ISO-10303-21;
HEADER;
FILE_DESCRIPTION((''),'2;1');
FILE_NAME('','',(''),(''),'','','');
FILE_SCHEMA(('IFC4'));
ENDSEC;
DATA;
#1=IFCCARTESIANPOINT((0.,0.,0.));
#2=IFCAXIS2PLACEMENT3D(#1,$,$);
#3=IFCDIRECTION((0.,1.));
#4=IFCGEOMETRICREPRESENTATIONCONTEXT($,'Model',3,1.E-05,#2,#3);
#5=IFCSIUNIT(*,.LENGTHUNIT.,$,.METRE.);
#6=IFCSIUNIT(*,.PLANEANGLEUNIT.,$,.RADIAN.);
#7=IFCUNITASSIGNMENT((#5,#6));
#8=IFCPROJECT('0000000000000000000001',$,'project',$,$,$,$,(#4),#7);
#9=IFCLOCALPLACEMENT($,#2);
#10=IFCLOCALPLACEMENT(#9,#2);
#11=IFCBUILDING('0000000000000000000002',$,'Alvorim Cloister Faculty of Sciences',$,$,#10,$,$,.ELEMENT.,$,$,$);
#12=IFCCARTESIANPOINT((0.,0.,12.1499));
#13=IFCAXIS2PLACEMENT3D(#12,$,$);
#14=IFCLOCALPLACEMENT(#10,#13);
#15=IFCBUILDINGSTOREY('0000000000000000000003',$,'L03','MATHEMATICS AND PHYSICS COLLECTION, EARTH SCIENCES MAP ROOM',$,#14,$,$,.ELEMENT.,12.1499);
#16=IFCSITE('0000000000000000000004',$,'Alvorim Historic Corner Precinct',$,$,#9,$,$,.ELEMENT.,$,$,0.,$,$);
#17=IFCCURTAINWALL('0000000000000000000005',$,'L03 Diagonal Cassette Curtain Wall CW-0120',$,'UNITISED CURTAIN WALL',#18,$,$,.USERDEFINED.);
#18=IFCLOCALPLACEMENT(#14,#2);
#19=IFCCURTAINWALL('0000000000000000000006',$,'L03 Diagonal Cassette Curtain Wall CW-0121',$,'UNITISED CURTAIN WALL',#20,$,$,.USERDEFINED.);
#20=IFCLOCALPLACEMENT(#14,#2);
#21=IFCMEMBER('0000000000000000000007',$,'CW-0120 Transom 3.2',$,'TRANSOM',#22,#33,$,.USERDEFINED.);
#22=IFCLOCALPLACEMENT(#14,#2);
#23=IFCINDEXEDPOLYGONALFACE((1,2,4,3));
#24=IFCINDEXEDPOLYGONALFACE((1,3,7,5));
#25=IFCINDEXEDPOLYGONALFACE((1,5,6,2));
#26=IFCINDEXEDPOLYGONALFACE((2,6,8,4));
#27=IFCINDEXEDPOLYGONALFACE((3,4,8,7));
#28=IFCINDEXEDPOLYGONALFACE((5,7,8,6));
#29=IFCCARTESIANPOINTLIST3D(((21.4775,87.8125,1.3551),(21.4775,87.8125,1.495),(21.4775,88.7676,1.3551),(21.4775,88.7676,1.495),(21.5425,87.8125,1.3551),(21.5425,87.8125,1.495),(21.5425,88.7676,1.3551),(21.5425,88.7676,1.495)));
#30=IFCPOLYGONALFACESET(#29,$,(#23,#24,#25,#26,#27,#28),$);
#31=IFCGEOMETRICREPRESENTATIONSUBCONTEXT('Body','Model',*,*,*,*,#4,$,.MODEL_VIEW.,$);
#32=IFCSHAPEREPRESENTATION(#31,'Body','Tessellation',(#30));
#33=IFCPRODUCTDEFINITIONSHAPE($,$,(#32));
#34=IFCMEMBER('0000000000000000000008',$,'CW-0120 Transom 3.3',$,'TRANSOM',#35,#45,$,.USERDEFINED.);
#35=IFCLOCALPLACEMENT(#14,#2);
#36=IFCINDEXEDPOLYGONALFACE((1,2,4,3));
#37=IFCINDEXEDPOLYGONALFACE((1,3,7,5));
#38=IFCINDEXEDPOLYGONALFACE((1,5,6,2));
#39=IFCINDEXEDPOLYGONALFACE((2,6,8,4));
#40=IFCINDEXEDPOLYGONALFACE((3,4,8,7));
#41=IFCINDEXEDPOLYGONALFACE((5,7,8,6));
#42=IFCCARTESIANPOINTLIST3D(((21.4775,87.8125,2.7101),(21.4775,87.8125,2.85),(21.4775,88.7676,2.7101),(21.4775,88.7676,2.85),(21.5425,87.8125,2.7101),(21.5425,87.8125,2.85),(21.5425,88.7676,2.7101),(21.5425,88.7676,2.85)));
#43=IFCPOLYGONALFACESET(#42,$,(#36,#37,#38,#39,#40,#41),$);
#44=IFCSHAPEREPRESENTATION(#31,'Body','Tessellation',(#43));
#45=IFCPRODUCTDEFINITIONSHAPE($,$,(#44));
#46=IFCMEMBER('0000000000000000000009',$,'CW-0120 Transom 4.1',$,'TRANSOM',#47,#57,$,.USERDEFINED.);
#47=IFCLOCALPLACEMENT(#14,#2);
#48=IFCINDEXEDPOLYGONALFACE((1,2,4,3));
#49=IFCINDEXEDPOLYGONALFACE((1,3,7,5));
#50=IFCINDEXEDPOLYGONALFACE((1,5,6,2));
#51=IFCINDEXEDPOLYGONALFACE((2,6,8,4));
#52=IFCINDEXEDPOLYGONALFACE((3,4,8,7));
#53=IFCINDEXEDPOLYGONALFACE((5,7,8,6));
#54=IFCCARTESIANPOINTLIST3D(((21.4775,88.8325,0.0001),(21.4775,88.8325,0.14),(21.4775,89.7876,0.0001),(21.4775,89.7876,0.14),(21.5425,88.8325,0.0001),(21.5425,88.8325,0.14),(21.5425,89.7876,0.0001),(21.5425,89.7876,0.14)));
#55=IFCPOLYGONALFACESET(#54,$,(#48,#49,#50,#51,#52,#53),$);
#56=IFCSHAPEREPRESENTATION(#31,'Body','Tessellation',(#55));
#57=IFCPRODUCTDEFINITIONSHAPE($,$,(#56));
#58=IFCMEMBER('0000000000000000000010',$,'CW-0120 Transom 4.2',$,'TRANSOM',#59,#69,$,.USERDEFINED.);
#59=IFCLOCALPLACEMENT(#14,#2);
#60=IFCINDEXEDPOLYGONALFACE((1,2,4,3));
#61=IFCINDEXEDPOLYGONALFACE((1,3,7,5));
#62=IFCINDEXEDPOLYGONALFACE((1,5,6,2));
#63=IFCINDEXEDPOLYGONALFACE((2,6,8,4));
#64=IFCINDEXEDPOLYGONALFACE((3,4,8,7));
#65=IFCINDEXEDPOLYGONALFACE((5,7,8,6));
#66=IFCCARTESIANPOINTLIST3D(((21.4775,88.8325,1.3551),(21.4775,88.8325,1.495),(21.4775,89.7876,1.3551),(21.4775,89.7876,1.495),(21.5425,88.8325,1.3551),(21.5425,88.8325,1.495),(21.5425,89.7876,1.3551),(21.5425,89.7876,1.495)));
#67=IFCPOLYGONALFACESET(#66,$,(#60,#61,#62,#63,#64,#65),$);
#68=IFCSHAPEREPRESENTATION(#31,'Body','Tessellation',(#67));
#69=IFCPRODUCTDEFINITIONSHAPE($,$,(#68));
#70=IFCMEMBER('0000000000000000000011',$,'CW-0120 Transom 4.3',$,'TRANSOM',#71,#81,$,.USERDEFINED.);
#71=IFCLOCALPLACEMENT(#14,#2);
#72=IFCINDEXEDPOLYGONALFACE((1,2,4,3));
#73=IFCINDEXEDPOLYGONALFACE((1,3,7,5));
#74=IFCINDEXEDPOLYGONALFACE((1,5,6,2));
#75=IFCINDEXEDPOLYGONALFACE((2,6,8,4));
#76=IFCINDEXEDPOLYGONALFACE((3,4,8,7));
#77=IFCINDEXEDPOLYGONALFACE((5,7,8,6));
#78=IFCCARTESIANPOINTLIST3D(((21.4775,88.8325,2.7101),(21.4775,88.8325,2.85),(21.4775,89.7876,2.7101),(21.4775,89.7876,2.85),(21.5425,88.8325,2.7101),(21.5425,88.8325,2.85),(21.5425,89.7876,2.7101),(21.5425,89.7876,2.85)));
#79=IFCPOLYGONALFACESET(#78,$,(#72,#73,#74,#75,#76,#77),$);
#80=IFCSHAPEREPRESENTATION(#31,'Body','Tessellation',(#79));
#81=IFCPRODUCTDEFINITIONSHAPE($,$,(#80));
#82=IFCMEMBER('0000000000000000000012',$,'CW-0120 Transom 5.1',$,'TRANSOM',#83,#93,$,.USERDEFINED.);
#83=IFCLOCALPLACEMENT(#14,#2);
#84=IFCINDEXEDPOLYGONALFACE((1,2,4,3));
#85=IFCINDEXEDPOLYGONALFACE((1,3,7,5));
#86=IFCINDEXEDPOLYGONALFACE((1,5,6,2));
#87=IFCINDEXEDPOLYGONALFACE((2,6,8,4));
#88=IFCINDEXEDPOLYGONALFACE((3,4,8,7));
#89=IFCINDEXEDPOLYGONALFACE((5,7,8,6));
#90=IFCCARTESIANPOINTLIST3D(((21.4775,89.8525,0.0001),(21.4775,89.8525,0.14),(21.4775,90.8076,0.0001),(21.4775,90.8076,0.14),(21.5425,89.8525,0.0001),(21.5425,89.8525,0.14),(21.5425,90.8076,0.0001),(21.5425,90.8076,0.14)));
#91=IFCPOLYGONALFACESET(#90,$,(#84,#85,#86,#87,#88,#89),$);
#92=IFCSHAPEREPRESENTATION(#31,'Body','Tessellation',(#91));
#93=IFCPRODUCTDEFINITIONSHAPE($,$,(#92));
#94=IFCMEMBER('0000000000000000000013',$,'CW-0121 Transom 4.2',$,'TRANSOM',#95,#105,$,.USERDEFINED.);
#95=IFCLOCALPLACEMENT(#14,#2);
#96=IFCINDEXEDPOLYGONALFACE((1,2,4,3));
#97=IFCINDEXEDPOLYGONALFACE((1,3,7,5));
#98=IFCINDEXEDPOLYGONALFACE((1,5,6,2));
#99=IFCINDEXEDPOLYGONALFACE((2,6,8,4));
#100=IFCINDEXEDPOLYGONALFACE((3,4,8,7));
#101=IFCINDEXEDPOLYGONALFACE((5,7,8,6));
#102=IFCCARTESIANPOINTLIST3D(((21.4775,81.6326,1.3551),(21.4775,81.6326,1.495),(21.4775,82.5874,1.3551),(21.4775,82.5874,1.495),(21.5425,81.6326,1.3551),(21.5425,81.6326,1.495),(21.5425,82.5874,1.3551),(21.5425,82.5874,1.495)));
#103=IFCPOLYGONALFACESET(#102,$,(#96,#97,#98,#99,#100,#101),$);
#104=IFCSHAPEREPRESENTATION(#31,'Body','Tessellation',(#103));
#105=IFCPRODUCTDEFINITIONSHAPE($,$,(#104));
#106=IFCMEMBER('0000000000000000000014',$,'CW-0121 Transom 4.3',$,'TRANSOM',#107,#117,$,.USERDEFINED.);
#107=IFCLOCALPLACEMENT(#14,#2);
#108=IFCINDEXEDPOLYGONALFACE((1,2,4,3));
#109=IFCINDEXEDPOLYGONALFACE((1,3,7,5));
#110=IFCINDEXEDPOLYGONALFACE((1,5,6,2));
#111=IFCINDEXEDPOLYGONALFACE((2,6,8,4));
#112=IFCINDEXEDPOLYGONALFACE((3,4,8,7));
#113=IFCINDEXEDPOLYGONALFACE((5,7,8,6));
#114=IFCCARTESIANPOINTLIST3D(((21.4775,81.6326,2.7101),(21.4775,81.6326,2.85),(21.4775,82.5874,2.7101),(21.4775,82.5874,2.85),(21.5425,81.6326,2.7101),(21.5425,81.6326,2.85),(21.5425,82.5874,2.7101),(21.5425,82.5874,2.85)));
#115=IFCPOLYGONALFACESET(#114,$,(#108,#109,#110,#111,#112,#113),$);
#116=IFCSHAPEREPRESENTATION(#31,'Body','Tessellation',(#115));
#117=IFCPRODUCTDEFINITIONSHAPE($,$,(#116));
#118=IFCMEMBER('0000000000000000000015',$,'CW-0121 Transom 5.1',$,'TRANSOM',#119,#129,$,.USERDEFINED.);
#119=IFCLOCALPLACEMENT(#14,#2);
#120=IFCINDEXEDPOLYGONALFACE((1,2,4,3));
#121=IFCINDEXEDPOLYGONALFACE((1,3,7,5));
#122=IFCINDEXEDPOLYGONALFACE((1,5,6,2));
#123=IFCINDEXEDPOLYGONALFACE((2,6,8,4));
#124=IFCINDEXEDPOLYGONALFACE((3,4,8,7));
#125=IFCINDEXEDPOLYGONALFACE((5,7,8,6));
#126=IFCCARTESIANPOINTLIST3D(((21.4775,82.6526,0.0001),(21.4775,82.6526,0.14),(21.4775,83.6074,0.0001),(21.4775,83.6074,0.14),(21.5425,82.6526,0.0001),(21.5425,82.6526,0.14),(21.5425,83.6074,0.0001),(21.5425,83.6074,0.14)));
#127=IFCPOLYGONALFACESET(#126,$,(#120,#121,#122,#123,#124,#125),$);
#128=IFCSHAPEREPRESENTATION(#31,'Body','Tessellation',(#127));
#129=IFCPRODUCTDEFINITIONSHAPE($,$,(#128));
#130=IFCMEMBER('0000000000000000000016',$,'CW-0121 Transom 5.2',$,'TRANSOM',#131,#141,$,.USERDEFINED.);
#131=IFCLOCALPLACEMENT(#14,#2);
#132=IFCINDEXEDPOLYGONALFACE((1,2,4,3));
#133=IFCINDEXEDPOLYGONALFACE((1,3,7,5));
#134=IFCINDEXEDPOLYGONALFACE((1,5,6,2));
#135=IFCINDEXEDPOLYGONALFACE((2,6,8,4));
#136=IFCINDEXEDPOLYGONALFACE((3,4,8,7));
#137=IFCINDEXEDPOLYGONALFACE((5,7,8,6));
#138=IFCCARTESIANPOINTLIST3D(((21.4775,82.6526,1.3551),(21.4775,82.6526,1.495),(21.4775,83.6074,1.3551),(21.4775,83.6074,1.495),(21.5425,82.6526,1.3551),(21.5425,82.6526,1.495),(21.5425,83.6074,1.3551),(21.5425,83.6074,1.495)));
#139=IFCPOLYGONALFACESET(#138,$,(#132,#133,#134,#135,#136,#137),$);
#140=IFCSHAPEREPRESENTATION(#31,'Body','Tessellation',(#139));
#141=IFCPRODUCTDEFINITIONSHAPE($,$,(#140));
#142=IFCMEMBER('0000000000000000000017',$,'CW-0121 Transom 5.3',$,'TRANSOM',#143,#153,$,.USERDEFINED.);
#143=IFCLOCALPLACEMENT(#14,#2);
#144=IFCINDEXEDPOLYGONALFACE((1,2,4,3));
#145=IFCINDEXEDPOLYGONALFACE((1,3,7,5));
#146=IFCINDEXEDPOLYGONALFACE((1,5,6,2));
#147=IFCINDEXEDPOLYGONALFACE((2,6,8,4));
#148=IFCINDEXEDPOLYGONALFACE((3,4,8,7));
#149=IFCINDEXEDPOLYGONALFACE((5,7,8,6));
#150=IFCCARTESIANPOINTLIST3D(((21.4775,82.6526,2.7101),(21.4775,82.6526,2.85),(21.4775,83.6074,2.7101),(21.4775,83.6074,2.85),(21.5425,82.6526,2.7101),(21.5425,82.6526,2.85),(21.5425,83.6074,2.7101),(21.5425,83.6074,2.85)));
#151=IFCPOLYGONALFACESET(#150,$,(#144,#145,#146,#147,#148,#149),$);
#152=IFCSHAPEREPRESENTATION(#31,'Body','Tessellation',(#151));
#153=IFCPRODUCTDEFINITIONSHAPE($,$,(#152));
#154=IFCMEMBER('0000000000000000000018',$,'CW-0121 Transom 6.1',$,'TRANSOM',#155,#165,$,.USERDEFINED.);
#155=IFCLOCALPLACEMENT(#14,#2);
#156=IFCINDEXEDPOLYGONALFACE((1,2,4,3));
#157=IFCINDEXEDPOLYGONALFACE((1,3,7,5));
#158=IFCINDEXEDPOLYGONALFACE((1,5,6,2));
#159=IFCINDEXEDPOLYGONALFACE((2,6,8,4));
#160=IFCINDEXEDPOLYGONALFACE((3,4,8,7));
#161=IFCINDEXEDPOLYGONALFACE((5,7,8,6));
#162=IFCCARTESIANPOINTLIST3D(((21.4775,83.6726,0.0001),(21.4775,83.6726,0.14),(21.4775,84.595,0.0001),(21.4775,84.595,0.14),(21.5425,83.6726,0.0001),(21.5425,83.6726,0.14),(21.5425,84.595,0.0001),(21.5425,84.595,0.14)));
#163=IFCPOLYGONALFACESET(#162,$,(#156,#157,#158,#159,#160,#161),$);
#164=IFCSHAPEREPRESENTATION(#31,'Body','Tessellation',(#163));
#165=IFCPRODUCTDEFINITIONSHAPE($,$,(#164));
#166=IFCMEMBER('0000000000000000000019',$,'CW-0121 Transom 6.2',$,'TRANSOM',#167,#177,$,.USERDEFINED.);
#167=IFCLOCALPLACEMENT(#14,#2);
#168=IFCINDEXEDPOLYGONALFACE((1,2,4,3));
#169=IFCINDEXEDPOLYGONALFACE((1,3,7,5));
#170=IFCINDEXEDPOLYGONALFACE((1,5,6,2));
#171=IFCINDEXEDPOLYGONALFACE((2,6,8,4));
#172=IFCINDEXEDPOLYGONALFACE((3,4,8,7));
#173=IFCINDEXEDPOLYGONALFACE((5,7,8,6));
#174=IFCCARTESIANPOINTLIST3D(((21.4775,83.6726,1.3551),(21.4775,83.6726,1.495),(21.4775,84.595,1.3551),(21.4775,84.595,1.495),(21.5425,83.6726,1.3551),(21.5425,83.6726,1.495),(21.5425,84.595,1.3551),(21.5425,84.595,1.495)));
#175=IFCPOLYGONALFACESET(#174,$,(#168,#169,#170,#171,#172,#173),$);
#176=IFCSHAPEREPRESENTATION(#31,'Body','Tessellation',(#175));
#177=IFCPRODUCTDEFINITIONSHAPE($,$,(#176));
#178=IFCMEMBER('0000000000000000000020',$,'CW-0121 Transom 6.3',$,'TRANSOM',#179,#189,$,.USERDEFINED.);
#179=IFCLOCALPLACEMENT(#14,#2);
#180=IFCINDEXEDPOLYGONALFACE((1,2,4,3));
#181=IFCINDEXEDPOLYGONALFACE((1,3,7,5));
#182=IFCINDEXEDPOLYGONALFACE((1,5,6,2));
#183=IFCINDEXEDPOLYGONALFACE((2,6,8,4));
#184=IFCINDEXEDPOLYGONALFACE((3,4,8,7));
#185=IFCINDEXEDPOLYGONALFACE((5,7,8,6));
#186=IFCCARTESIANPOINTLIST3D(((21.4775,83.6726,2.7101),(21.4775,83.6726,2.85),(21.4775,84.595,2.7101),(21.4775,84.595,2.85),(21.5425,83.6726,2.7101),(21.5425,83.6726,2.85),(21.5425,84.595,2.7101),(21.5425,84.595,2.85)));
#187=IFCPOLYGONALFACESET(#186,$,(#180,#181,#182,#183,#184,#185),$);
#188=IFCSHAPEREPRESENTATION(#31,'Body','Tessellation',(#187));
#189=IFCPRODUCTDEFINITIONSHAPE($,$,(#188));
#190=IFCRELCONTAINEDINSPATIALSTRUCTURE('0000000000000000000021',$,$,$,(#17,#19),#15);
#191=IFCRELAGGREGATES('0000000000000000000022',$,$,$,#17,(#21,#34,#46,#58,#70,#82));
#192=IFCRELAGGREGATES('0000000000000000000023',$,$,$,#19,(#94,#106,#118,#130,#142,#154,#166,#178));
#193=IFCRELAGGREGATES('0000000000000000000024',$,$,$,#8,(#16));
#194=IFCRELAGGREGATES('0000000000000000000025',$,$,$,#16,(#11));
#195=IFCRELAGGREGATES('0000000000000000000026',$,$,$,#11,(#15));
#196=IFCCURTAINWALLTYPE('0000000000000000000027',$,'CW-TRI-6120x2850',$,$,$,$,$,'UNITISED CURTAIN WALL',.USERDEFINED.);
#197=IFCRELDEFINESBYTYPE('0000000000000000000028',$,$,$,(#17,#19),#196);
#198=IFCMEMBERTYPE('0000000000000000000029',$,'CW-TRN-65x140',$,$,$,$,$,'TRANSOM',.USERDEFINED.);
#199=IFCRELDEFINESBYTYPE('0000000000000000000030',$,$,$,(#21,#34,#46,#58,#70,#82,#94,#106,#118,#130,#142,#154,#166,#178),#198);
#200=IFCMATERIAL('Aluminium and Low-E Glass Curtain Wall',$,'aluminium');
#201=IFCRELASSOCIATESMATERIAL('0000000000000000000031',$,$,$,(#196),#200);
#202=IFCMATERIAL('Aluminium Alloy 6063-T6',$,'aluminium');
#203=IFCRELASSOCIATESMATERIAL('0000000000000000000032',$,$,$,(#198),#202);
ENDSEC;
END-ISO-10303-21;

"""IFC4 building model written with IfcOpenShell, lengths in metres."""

from ifc_helpers import new_model, si_unit, direction, frame, origin, origin_2d, place, context, subcontext, project, spatial, rectangle, extrude, material, material_profile, profile_set, type_object, element, aggregate, save


model = new_model("IFC4")

# Units and contexts
model_context = context("Model", 3, precision=1e-05, world=origin(), true_north=direction((0.0, 1.0)))
body_context = subcontext(model_context, "Body", "Model", "MODEL_VIEW")
ifc_project = project(units=[si_unit("LENGTHUNIT", "METRE"), si_unit("PLANEANGLEUNIT", "RADIAN")], contexts=[model_context])

# Site, building, storey
site_placement = place(None, origin())
site = spatial("IfcSite", under=ifc_project, at=site_placement, Name="Alvorim Historic Corner Precinct", CompositionType="ELEMENT", RefElevation=0.0)
building_placement = place(site_placement, origin())
building = spatial("IfcBuilding", under=site, at=building_placement, Name="Alvorim Cloister Faculty of Sciences", CompositionType="ELEMENT")
storey_placement = place(building_placement, frame((0.0, 0.0, 12.1499)))
storey = spatial("IfcBuildingStorey", under=building, at=storey_placement, Name="L03", Description="MATHEMATICS AND PHYSICS COLLECTION, EARTH SCIENCES MAP ROOM", CompositionType="ELEMENT", Elevation=12.1499)

# Curtain walls
ifc_material_1 = material(Name="Aluminium and Low-E Glass Curtain Wall", Category="aluminium")
curtain_wall_type = type_object("IfcCurtainWallType", Name="CW-TRI-6120x2850", ElementType="UNITISED CURTAIN WALL", PredefinedType="USERDEFINED", material=ifc_material_1)
curtain_wall_1_placement = place(storey_placement, origin())
curtain_wall_1 = element("IfcCurtainWall", 1, at=curtain_wall_1_placement, inside=storey, type_object=curtain_wall_type, Name="L03 Diagonal Cassette Curtain Wall CW-0120", ObjectType="UNITISED CURTAIN WALL", PredefinedType="USERDEFINED")
ifc_material_2 = material(Name="Aluminium Alloy 6063-T6", Category="aluminium")
curtain_wall_2_placement = place(storey_placement, origin())
curtain_wall_2 = element("IfcCurtainWall", 2, at=curtain_wall_2_placement, inside=storey, type_object=curtain_wall_type, Name="L03 Diagonal Cassette Curtain Wall CW-0121", ObjectType="UNITISED CURTAIN WALL", PredefinedType="USERDEFINED")

# Members
ifc_material_profile_1 = material_profile(ifc_material_2, rectangle(XDim=0.0649, YDim=0.1399, at=origin_2d()), Name="ALU-TRN-65x140")
ifc_profile_set_1 = profile_set([ifc_material_profile_1], Name="Aluminium Alloy 6063-T6")
member_type_1 = type_object("IfcMemberType", Name="CW-TRN-65x140", ElementType="TRANSOM", PredefinedType="USERDEFINED", material=ifc_profile_set_1)
member_1_placement = place(storey_placement, frame((21.51, 87.8125, 1.425), z_axis=(0.0, 1.0, 0.0), x_axis=(-1.0, 0.0, 0.0)))
member_1 = element("IfcMember", 3, at=member_1_placement, type_object=member_type_1, Name="CW-0120 Transom 3.2", ObjectType="TRANSOM", PredefinedType="USERDEFINED", context=body_context, shape_type="SweptSolid", body=[
    extrude(rectangle(XDim=0.0649, YDim=0.1399, at=origin_2d()), origin(), (0.0, 0.0, 1.0), 0.9551),
])
member_2_placement = place(storey_placement, frame((21.51, 87.8125, 2.78), z_axis=(0.0, 1.0, 0.0), x_axis=(-1.0, 0.0, 0.0)))
member_2 = element("IfcMember", 4, at=member_2_placement, type_object=member_type_1, Name="CW-0120 Transom 3.3", ObjectType="TRANSOM", PredefinedType="USERDEFINED", context=body_context, shape_type="SweptSolid", body=[
    extrude(rectangle(XDim=0.0649, YDim=0.1399, at=origin_2d()), origin(), (0.0, 0.0, 1.0), 0.9551),
])
member_3_placement = place(storey_placement, frame((21.51, 88.8325, 0.0701), z_axis=(0.0, 1.0, 0.0), x_axis=(-1.0, 0.0, 0.0)))
member_3 = element("IfcMember", 5, at=member_3_placement, type_object=member_type_1, Name="CW-0120 Transom 4.1", ObjectType="TRANSOM", PredefinedType="USERDEFINED", context=body_context, shape_type="SweptSolid", body=[
    extrude(rectangle(XDim=0.0649, YDim=0.1399, at=origin_2d()), origin(), (0.0, 0.0, 1.0), 0.9551),
])
member_4_placement = place(storey_placement, frame((21.51, 88.8325, 1.425), z_axis=(0.0, 1.0, 0.0), x_axis=(-1.0, 0.0, 0.0)))
member_4 = element("IfcMember", 6, at=member_4_placement, type_object=member_type_1, Name="CW-0120 Transom 4.2", ObjectType="TRANSOM", PredefinedType="USERDEFINED", context=body_context, shape_type="SweptSolid", body=[
    extrude(rectangle(XDim=0.0649, YDim=0.1399, at=origin_2d()), origin(), (0.0, 0.0, 1.0), 0.9551),
])
member_5_placement = place(storey_placement, frame((21.51, 88.8325, 2.78), z_axis=(0.0, 1.0, 0.0), x_axis=(-1.0, 0.0, 0.0)))
member_5 = element("IfcMember", 7, at=member_5_placement, type_object=member_type_1, Name="CW-0120 Transom 4.3", ObjectType="TRANSOM", PredefinedType="USERDEFINED", context=body_context, shape_type="SweptSolid", body=[
    extrude(rectangle(XDim=0.0649, YDim=0.1399, at=origin_2d()), origin(), (0.0, 0.0, 1.0), 0.9551),
])
member_6_placement = place(storey_placement, frame((21.51, 89.8525, 0.0701), z_axis=(0.0, 1.0, 0.0), x_axis=(-1.0, 0.0, 0.0)))
member_6 = element("IfcMember", 8, at=member_6_placement, type_object=member_type_1, Name="CW-0120 Transom 5.1", ObjectType="TRANSOM", PredefinedType="USERDEFINED", context=body_context, shape_type="SweptSolid", body=[
    extrude(rectangle(XDim=0.0649, YDim=0.1399, at=origin_2d()), origin(), (0.0, 0.0, 1.0), 0.9551),
])
aggregate(curtain_wall_1, [member_1, member_2, member_3, member_4, member_5, member_6])
member_7_placement = place(storey_placement, frame((21.51, 81.6326, 1.425), z_axis=(0.0, 1.0, 0.0), x_axis=(-1.0, 0.0, 0.0)))
member_7 = element("IfcMember", 9, at=member_7_placement, type_object=member_type_1, Name="CW-0121 Transom 4.2", ObjectType="TRANSOM", PredefinedType="USERDEFINED", context=body_context, shape_type="SweptSolid", body=[
    extrude(rectangle(XDim=0.0649, YDim=0.1399, at=origin_2d()), origin(), (0.0, 0.0, 1.0), 0.9548),
])
member_8_placement = place(storey_placement, frame((21.51, 81.6326, 2.78), z_axis=(0.0, 1.0, 0.0), x_axis=(-1.0, 0.0, 0.0)))
member_8 = element("IfcMember", 10, at=member_8_placement, type_object=member_type_1, Name="CW-0121 Transom 4.3", ObjectType="TRANSOM", PredefinedType="USERDEFINED", context=body_context, shape_type="SweptSolid", body=[
    extrude(rectangle(XDim=0.0649, YDim=0.1399, at=origin_2d()), origin(), (0.0, 0.0, 1.0), 0.9548),
])
member_9_placement = place(storey_placement, frame((21.51, 82.6526, 0.0701), z_axis=(0.0, 1.0, 0.0), x_axis=(-1.0, 0.0, 0.0)))
member_9 = element("IfcMember", 11, at=member_9_placement, type_object=member_type_1, Name="CW-0121 Transom 5.1", ObjectType="TRANSOM", PredefinedType="USERDEFINED", context=body_context, shape_type="SweptSolid", body=[
    extrude(rectangle(XDim=0.0649, YDim=0.1399, at=origin_2d()), origin(), (0.0, 0.0, 1.0), 0.9548),
])
member_10_placement = place(storey_placement, frame((21.51, 82.6526, 1.425), z_axis=(0.0, 1.0, 0.0), x_axis=(-1.0, 0.0, 0.0)))
member_10 = element("IfcMember", 12, at=member_10_placement, type_object=member_type_1, Name="CW-0121 Transom 5.2", ObjectType="TRANSOM", PredefinedType="USERDEFINED", context=body_context, shape_type="SweptSolid", body=[
    extrude(rectangle(XDim=0.0649, YDim=0.1399, at=origin_2d()), origin(), (0.0, 0.0, 1.0), 0.9548),
])
member_11_placement = place(storey_placement, frame((21.51, 82.6526, 2.78), z_axis=(0.0, 1.0, 0.0), x_axis=(-1.0, 0.0, 0.0)))
member_11 = element("IfcMember", 13, at=member_11_placement, type_object=member_type_1, Name="CW-0121 Transom 5.3", ObjectType="TRANSOM", PredefinedType="USERDEFINED", context=body_context, shape_type="SweptSolid", body=[
    extrude(rectangle(XDim=0.0649, YDim=0.1399, at=origin_2d()), origin(), (0.0, 0.0, 1.0), 0.9548),
])
member_12_placement = place(storey_placement, frame((21.51, 83.6726, 0.0701), z_axis=(0.0, 1.0, 0.0), x_axis=(-1.0, 0.0, 0.0)))
member_12 = element("IfcMember", 14, at=member_12_placement, type_object=member_type_1, Name="CW-0121 Transom 6.1", ObjectType="TRANSOM", PredefinedType="USERDEFINED", context=body_context, shape_type="SweptSolid", body=[
    extrude(rectangle(XDim=0.0649, YDim=0.1399, at=origin_2d()), origin(), (0.0, 0.0, 1.0), 0.9224),
])
member_13_placement = place(storey_placement, frame((21.51, 83.6726, 1.425), z_axis=(0.0, 1.0, 0.0), x_axis=(-1.0, 0.0, 0.0)))
member_13 = element("IfcMember", 15, at=member_13_placement, type_object=member_type_1, Name="CW-0121 Transom 6.2", ObjectType="TRANSOM", PredefinedType="USERDEFINED", context=body_context, shape_type="SweptSolid", body=[
    extrude(rectangle(XDim=0.0649, YDim=0.1399, at=origin_2d()), origin(), (0.0, 0.0, 1.0), 0.9224),
])
member_14_placement = place(storey_placement, frame((21.51, 83.6726, 2.78), z_axis=(0.0, 1.0, 0.0), x_axis=(-1.0, 0.0, 0.0)))
member_14 = element("IfcMember", 16, at=member_14_placement, type_object=member_type_1, Name="CW-0121 Transom 6.3", ObjectType="TRANSOM", PredefinedType="USERDEFINED", context=body_context, shape_type="SweptSolid", body=[
    extrude(rectangle(XDim=0.0649, YDim=0.1399, at=origin_2d()), origin(), (0.0, 0.0, 1.0), 0.9224),
])
aggregate(curtain_wall_2, [member_7, member_8, member_9, member_10, member_11, member_12, member_13, member_14])

save(model, "model.ifc")
